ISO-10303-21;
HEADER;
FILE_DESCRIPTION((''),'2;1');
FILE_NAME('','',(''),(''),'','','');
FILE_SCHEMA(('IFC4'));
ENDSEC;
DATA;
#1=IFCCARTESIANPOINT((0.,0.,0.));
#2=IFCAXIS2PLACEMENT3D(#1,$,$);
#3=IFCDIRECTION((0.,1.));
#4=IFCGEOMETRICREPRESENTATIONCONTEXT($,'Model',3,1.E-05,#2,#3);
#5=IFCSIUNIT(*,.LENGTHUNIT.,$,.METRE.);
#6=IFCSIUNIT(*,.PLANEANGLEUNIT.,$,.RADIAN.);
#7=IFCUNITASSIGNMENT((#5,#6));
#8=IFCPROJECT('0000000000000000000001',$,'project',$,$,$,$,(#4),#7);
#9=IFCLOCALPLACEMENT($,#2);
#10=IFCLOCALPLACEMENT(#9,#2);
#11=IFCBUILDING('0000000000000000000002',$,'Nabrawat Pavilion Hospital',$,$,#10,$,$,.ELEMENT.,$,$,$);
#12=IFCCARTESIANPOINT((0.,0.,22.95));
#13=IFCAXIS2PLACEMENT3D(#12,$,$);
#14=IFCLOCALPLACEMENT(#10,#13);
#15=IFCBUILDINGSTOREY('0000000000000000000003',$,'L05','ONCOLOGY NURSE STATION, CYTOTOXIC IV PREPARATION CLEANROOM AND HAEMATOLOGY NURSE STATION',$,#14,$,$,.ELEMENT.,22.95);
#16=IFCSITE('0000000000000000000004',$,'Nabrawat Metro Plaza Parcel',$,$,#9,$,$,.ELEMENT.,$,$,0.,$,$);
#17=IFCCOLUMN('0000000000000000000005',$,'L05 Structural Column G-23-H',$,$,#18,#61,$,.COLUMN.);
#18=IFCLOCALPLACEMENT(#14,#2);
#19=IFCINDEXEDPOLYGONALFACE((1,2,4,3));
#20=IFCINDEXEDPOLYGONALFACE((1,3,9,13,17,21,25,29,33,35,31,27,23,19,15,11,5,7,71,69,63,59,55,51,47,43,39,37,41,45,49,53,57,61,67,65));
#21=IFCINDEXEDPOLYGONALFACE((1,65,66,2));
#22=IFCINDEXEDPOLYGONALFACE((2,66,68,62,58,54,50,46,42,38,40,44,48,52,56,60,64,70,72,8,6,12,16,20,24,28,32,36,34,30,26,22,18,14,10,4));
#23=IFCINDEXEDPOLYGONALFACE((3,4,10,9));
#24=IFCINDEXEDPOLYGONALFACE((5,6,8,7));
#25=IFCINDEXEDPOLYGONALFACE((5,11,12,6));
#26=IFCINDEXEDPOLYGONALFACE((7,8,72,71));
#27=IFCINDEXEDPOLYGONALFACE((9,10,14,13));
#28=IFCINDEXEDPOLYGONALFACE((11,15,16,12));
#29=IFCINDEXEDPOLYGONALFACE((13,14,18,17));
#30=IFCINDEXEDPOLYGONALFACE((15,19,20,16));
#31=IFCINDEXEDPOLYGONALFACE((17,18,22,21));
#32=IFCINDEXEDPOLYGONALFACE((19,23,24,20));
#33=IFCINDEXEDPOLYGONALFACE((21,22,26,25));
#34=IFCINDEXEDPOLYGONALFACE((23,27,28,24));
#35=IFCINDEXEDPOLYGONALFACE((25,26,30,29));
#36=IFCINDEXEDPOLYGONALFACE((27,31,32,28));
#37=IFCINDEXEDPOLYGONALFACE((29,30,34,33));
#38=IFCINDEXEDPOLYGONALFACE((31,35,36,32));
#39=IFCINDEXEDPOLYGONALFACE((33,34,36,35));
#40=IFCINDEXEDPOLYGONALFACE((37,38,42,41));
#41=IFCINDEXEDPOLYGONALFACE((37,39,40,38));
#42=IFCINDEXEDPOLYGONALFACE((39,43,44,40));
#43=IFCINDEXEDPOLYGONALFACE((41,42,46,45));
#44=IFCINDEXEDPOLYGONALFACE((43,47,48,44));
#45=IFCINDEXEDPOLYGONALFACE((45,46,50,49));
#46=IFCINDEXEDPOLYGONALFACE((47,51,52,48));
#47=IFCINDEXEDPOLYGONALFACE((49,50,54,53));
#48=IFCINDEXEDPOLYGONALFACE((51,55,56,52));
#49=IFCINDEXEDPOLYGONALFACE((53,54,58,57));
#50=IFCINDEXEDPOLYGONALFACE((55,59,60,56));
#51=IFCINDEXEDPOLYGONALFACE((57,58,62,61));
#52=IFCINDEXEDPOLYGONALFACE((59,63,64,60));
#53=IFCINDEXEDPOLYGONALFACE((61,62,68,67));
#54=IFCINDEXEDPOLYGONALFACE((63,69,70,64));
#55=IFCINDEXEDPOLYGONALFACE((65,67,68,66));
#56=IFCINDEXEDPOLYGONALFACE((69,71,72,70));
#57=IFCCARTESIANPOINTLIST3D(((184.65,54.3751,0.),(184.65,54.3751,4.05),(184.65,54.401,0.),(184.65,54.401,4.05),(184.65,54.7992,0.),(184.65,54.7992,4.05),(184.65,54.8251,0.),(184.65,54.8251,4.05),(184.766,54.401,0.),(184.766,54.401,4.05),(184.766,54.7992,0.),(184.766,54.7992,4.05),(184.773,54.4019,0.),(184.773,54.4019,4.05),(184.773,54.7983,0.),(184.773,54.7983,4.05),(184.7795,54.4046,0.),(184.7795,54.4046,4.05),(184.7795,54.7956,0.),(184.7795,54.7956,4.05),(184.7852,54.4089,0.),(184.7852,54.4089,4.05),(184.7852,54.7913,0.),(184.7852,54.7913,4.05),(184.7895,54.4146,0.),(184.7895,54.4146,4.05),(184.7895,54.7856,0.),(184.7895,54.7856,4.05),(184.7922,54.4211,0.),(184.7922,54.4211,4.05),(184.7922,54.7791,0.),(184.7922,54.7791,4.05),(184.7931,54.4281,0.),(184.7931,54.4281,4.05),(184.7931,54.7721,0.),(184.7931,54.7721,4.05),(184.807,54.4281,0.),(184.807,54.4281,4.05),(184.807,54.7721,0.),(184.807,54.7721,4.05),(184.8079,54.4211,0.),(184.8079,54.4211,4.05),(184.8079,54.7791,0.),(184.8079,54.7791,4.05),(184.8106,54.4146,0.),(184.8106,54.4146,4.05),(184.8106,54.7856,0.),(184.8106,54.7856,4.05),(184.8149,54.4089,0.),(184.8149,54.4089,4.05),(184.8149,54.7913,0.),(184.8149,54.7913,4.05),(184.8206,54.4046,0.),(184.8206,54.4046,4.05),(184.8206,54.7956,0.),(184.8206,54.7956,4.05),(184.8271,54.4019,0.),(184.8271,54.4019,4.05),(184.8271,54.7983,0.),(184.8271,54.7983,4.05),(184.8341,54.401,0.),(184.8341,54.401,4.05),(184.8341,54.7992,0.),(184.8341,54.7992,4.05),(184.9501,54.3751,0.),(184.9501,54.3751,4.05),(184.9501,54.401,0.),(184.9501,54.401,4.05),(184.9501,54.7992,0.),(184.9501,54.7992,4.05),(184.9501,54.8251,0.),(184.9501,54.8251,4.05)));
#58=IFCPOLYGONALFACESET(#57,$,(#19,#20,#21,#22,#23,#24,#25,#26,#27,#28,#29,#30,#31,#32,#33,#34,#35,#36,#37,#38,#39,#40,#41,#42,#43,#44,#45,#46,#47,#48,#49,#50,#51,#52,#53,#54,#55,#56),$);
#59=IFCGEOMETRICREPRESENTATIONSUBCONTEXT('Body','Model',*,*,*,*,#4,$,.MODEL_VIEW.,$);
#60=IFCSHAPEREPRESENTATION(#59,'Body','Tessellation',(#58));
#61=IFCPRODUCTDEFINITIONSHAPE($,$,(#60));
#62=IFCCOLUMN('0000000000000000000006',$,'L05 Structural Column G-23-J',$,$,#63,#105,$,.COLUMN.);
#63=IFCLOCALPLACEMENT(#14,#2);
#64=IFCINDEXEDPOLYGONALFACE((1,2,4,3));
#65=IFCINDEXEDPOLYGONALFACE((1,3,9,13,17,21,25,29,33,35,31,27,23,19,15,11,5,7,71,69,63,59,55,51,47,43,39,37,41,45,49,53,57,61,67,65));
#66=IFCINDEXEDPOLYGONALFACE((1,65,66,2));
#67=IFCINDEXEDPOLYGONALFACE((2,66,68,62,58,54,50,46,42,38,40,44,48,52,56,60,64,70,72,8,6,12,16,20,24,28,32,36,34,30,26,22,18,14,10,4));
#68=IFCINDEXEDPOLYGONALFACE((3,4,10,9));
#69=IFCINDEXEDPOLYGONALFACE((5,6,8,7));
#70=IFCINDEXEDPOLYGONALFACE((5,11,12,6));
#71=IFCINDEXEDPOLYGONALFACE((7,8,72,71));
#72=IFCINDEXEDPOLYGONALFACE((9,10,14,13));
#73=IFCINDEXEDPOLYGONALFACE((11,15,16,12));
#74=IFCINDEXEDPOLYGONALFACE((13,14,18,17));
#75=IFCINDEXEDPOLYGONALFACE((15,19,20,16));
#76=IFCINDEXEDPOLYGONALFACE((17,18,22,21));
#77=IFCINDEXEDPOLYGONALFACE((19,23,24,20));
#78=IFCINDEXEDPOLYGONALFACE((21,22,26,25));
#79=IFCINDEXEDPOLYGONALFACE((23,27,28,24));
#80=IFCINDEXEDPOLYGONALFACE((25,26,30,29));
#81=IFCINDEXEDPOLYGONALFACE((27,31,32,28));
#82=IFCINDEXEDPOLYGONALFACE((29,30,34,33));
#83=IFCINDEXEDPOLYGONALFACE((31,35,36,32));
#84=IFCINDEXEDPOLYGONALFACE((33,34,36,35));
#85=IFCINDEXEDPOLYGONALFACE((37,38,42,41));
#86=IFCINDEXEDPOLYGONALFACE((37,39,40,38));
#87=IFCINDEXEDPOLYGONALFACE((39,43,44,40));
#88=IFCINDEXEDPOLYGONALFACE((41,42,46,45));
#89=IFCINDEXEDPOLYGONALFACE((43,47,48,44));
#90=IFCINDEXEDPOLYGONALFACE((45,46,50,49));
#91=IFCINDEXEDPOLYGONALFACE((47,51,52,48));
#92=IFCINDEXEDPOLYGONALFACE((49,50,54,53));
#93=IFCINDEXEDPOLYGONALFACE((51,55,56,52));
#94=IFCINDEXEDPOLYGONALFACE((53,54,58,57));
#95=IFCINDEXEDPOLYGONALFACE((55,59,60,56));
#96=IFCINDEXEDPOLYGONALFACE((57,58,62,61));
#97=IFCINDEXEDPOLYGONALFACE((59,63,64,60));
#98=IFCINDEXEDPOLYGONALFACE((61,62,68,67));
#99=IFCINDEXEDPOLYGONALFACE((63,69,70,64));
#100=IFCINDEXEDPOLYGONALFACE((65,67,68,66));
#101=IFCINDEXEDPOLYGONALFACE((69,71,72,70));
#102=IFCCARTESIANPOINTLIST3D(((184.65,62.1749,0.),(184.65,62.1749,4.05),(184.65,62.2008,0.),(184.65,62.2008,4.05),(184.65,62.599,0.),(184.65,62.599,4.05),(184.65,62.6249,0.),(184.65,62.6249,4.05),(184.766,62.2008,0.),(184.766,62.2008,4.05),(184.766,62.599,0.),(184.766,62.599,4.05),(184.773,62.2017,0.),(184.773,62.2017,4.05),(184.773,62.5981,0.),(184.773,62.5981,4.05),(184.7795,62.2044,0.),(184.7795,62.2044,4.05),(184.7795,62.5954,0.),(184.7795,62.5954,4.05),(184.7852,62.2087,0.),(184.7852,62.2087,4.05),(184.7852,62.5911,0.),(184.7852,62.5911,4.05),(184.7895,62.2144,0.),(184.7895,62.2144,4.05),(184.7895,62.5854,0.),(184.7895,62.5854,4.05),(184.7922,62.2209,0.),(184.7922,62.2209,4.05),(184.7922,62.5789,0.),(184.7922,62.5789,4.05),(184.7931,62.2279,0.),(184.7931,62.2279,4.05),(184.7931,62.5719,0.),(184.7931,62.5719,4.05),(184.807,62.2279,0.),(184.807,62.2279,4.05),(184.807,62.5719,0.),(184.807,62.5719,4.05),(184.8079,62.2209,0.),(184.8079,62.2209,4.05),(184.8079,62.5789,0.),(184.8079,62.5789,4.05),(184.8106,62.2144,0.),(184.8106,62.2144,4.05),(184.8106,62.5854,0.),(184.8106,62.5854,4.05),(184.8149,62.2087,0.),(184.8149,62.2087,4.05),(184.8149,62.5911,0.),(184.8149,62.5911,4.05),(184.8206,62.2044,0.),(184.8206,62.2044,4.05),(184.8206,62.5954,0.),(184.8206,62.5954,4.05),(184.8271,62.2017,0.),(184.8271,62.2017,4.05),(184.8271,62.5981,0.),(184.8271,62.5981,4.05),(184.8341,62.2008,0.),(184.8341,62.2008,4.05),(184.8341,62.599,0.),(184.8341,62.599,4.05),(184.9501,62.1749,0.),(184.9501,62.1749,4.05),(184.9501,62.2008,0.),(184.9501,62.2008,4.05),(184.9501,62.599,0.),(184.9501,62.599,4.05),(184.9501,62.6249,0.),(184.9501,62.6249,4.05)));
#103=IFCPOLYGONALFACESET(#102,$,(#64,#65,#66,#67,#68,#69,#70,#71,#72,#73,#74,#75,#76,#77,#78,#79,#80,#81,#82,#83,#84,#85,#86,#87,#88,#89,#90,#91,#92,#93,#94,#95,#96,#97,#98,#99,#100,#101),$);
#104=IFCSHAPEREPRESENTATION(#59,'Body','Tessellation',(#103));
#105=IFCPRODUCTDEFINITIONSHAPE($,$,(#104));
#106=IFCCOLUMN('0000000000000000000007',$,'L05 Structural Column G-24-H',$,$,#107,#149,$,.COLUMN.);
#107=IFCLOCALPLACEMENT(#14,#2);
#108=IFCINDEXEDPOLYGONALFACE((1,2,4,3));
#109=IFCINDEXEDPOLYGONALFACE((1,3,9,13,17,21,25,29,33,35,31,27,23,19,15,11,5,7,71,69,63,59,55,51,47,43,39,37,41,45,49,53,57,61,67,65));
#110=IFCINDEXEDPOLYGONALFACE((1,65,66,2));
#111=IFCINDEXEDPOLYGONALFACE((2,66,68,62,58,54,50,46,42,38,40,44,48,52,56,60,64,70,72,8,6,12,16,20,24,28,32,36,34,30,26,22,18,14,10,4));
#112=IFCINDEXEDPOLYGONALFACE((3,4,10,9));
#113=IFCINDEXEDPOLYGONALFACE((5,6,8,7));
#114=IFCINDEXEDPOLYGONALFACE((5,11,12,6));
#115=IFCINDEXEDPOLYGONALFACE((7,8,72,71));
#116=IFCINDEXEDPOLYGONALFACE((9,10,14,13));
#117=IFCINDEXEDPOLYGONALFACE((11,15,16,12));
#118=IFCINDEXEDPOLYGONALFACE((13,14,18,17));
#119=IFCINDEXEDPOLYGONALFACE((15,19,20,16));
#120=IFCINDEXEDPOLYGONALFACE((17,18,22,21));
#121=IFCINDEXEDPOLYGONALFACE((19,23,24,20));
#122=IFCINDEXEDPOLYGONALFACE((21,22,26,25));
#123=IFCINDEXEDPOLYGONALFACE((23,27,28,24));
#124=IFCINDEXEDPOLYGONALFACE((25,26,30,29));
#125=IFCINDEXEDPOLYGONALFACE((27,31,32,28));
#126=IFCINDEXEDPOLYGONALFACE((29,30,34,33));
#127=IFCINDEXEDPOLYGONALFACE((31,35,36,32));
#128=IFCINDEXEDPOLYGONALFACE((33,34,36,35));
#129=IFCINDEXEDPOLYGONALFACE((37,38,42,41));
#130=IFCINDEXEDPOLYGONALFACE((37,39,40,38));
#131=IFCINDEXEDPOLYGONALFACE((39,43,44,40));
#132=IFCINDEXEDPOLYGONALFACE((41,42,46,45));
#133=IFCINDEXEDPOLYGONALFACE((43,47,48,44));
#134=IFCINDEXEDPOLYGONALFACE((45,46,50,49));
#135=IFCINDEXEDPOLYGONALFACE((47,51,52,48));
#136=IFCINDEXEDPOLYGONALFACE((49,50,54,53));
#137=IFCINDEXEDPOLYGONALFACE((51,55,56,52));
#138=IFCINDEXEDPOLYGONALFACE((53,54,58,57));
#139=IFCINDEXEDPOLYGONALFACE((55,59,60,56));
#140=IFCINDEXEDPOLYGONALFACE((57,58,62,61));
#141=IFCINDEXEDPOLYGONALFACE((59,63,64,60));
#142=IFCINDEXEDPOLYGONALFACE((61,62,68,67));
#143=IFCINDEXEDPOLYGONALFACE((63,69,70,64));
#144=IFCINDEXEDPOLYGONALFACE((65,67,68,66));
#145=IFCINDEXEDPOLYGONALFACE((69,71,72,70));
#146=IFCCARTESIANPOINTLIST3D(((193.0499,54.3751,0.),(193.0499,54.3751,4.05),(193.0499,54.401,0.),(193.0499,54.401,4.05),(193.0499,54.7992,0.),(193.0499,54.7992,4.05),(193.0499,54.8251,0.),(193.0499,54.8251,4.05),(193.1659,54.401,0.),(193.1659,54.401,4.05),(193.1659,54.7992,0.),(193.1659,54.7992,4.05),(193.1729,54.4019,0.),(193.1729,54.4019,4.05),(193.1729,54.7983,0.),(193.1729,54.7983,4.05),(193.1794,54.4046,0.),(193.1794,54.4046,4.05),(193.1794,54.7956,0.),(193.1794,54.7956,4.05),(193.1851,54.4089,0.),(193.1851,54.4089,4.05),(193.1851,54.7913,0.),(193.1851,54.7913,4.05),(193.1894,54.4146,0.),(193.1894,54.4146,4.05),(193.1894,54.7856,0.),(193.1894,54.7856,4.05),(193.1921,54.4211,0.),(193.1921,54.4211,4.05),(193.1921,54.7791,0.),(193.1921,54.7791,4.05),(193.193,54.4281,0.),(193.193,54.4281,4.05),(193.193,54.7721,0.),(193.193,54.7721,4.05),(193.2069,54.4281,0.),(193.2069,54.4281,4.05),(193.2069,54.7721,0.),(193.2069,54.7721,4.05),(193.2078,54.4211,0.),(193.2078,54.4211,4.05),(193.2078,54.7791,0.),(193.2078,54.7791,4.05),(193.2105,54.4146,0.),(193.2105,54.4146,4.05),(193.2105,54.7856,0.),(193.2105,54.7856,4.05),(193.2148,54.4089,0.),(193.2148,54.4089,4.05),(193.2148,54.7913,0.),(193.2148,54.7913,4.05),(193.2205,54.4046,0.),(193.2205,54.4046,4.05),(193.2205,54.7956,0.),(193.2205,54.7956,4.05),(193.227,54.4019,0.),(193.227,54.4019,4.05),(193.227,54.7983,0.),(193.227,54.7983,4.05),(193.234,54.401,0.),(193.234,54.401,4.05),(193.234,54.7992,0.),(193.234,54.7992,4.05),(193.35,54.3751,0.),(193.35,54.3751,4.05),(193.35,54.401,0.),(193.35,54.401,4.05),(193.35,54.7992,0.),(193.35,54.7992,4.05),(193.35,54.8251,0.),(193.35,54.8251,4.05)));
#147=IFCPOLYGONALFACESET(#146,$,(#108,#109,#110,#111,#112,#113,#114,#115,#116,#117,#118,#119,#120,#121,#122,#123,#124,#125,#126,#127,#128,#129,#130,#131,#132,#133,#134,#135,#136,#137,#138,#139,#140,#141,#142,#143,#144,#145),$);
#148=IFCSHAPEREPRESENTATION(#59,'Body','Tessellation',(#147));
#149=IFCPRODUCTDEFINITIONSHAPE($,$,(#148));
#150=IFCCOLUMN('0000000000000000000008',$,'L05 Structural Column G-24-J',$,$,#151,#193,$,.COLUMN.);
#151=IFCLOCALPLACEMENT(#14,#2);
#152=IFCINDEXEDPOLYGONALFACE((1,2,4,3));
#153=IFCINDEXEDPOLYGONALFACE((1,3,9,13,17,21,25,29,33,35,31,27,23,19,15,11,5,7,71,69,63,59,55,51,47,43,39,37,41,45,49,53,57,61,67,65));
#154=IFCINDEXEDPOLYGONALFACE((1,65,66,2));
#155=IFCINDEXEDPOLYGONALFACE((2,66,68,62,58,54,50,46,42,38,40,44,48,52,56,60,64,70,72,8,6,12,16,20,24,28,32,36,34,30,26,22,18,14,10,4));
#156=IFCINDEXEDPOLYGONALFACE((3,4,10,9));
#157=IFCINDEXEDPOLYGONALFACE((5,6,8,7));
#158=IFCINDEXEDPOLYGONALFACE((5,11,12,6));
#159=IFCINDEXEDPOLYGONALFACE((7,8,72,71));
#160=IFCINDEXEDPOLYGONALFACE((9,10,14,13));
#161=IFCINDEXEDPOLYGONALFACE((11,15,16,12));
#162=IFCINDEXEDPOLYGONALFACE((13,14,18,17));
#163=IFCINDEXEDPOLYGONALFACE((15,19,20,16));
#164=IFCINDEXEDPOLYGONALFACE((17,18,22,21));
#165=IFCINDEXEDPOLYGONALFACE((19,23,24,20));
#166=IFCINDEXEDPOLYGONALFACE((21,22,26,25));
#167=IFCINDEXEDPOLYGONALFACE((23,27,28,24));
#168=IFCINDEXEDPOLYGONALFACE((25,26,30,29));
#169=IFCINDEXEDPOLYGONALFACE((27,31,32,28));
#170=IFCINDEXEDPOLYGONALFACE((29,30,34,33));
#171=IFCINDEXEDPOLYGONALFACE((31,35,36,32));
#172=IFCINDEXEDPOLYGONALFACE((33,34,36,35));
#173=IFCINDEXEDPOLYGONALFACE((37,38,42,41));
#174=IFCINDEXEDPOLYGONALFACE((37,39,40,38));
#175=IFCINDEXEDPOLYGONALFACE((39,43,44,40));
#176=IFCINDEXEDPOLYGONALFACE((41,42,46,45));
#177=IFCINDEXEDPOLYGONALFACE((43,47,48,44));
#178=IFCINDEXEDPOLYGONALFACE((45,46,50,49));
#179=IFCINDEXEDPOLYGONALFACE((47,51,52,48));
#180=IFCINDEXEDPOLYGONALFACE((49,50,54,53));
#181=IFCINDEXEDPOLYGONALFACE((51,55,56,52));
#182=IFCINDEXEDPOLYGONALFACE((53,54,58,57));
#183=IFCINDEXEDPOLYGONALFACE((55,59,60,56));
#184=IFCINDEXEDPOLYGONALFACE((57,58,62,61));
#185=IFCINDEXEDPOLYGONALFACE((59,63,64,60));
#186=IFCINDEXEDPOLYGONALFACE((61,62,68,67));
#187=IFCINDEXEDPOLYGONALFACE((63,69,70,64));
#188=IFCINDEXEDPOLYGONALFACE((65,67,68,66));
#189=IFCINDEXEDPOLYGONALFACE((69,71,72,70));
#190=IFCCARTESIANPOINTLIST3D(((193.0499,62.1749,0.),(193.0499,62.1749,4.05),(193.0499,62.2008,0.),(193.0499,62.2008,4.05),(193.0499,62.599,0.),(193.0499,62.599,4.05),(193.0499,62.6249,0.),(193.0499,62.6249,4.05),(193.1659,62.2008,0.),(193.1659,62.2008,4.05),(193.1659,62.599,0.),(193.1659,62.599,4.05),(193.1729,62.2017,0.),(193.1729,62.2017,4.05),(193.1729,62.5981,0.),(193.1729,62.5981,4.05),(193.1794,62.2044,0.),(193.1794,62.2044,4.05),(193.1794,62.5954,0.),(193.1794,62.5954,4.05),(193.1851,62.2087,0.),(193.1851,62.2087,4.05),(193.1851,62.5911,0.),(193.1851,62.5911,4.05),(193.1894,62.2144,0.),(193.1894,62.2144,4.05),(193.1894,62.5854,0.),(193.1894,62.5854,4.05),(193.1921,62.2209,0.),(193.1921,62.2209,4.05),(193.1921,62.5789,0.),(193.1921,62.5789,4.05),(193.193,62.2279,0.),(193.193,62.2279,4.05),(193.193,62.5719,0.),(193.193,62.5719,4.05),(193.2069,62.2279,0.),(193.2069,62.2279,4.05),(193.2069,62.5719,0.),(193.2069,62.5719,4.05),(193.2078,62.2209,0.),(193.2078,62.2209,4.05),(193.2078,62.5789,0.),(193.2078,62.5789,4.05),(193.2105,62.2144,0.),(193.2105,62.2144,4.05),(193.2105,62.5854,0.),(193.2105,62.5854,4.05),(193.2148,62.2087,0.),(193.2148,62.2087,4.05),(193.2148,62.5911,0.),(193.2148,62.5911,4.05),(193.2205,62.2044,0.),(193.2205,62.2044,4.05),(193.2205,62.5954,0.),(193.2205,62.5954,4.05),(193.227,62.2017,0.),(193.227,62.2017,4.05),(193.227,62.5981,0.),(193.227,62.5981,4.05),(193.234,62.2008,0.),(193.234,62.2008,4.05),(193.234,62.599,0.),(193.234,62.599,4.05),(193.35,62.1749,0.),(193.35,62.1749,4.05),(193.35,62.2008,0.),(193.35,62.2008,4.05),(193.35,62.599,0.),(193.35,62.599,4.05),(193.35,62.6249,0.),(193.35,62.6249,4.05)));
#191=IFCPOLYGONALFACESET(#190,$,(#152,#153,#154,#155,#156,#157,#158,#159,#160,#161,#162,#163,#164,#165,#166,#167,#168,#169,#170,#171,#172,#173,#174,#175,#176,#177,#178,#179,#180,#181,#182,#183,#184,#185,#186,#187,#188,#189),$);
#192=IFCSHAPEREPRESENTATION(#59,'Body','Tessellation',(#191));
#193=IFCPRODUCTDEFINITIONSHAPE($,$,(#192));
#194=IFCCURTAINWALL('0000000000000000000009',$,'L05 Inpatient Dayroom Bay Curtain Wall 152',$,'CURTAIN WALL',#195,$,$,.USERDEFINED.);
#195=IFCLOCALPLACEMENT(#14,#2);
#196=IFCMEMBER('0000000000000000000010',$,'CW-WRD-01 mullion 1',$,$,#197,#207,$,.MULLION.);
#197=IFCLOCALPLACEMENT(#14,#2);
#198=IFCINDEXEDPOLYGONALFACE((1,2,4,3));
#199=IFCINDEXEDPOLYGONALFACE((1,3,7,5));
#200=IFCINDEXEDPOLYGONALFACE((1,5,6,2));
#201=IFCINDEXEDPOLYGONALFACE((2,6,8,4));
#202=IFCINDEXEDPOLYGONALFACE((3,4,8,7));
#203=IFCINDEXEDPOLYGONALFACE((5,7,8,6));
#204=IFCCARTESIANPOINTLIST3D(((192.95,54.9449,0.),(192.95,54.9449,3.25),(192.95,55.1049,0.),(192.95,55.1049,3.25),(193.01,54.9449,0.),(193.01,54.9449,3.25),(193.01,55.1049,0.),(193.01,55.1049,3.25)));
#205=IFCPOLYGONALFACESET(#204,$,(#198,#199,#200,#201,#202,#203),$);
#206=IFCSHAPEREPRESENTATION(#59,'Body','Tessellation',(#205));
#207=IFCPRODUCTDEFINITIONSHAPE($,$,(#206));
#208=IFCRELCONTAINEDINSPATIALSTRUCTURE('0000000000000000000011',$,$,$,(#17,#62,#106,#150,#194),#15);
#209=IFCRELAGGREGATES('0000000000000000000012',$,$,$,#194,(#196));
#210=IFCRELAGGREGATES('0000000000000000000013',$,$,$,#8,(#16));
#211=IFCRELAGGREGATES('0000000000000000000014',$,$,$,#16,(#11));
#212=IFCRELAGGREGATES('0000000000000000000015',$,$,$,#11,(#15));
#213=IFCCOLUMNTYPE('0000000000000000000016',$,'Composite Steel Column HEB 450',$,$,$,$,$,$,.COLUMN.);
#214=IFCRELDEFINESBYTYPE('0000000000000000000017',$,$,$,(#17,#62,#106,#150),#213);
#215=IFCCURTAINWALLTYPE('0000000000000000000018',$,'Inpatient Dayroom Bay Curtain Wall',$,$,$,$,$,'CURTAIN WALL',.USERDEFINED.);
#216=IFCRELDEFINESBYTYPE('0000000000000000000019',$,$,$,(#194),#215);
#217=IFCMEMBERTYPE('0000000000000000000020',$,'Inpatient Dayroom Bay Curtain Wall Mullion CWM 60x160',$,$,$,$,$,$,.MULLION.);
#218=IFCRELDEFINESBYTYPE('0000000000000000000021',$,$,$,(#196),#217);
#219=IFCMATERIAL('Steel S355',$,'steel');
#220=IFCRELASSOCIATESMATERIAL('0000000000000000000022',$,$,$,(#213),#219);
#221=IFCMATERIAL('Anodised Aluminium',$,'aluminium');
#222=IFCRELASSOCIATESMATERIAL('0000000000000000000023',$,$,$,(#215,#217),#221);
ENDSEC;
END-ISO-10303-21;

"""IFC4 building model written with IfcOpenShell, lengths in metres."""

from ifc_helpers import new_model, si_unit, direction, frame, origin, origin_2d, place, context, subcontext, project, spatial, rectangle, i_section, extrude, material, material_profile, profile_set, type_object, element, aggregate, save


model = new_model("IFC4")

# Units and contexts
model_context = context("Model", 3, precision=1e-05, world=origin(), true_north=direction((0.0, 1.0)))
body_context = subcontext(model_context, "Body", "Model", "MODEL_VIEW")
ifc_project = project(units=[si_unit("LENGTHUNIT", "METRE"), si_unit("PLANEANGLEUNIT", "RADIAN")], contexts=[model_context])

# Site, building, storey
site_placement = place(None, origin())
site = spatial("IfcSite", under=ifc_project, at=site_placement, Name="Nabrawat Metro Plaza Parcel", CompositionType="ELEMENT", RefElevation=0.0)
building_placement = place(site_placement, origin())
building = spatial("IfcBuilding", under=site, at=building_placement, Name="Nabrawat Pavilion Hospital", CompositionType="ELEMENT")
storey_placement = place(building_placement, frame((0.0, 0.0, 22.95)))
storey = spatial("IfcBuildingStorey", under=building, at=storey_placement, Name="L05", Description="ONCOLOGY NURSE STATION, CYTOTOXIC IV PREPARATION CLEANROOM AND HAEMATOLOGY NURSE STATION", CompositionType="ELEMENT", Elevation=22.95)

# Columns
ifc_material_1 = material(Name="Steel S355", Category="steel")
ifc_material_profile_1 = material_profile(ifc_material_1, i_section(OverallWidth=0.3, OverallDepth=0.45, WebThickness=0.0139, FlangeThickness=0.0259, FilletRadius=0.0271, at=origin_2d()), Name="HEB 450")
ifc_profile_set_1 = profile_set([ifc_material_profile_1], Name="Steel S355")
column_type = type_object("IfcColumnType", Name="Composite Steel Column HEB 450", PredefinedType="COLUMN", material=ifc_profile_set_1)
for number, where, z_axis, x_axis, name in (
    (1, (184.8, 54.6001, 0.0), (0.0, 0.0, 1.0), (1.0, 0.0, 0.0), "L05 Structural Column G-23-H"),
    (2, (184.8, 62.3999, 0.0), (0.0, 0.0, 1.0), (1.0, 0.0, 0.0), "L05 Structural Column G-23-J"),
    (3, (193.2, 54.6001, 0.0), (0.0, 0.0, 1.0), (1.0, 0.0, 0.0), "L05 Structural Column G-24-H"),
    (4, (193.2, 62.3999, 0.0), (0.0, 0.0, 1.0), (1.0, 0.0, 0.0), "L05 Structural Column G-24-J"),
):
    element("IfcColumn", number, at=place(storey_placement, frame(where, z_axis=z_axis, x_axis=x_axis)), inside=storey, type_object=column_type, Name=name, PredefinedType="COLUMN", context=body_context, shape_type="SweptSolid", body=[
        extrude(i_section(OverallWidth=0.3, OverallDepth=0.45, WebThickness=0.0139, FlangeThickness=0.0259, FilletRadius=0.0271, at=origin_2d()), origin(), (0.0, 0.0, 1.0), 4.05),
    ])

# Curtain wall, member
ifc_material_2 = material(Name="Anodised Aluminium", Category="aluminium")
curtain_wall_type = type_object("IfcCurtainWallType", Name="Inpatient Dayroom Bay Curtain Wall", ElementType="CURTAIN WALL", PredefinedType="USERDEFINED", material=ifc_material_2)
curtain_wall_placement = place(storey_placement, origin())
curtain_wall = element("IfcCurtainWall", 5, at=curtain_wall_placement, inside=storey, type_object=curtain_wall_type, Name="L05 Inpatient Dayroom Bay Curtain Wall 152", ObjectType="CURTAIN WALL", PredefinedType="USERDEFINED")
ifc_material_profile_2 = material_profile(ifc_material_2, rectangle(XDim=0.0601, YDim=0.1599, at=origin_2d()), Name="CWM 60x160")
ifc_profile_set_2 = profile_set([ifc_material_profile_2], Name="Anodised Aluminium")
member_type_1 = type_object("IfcMemberType", Name="Inpatient Dayroom Bay Curtain Wall Mullion CWM 60x160", PredefinedType="MULLION", material=ifc_profile_set_2)
member_1_placement = place(storey_placement, frame((192.98, 55.0249, 0.0), z_axis=(0.0, 0.0, 1.0), x_axis=(-1.0, 0.0, 0.0)))
member_1 = element("IfcMember", 6, at=member_1_placement, type_object=member_type_1, Name="CW-WRD-01 mullion 1", PredefinedType="MULLION", context=body_context, shape_type="SweptSolid", body=[
    extrude(rectangle(XDim=0.0601, YDim=0.1599, at=origin_2d()), origin(), (0.0, 0.0, 1.0), 3.25),
])

aggregate(curtain_wall, [member_1])

save(model, "model.ifc")
